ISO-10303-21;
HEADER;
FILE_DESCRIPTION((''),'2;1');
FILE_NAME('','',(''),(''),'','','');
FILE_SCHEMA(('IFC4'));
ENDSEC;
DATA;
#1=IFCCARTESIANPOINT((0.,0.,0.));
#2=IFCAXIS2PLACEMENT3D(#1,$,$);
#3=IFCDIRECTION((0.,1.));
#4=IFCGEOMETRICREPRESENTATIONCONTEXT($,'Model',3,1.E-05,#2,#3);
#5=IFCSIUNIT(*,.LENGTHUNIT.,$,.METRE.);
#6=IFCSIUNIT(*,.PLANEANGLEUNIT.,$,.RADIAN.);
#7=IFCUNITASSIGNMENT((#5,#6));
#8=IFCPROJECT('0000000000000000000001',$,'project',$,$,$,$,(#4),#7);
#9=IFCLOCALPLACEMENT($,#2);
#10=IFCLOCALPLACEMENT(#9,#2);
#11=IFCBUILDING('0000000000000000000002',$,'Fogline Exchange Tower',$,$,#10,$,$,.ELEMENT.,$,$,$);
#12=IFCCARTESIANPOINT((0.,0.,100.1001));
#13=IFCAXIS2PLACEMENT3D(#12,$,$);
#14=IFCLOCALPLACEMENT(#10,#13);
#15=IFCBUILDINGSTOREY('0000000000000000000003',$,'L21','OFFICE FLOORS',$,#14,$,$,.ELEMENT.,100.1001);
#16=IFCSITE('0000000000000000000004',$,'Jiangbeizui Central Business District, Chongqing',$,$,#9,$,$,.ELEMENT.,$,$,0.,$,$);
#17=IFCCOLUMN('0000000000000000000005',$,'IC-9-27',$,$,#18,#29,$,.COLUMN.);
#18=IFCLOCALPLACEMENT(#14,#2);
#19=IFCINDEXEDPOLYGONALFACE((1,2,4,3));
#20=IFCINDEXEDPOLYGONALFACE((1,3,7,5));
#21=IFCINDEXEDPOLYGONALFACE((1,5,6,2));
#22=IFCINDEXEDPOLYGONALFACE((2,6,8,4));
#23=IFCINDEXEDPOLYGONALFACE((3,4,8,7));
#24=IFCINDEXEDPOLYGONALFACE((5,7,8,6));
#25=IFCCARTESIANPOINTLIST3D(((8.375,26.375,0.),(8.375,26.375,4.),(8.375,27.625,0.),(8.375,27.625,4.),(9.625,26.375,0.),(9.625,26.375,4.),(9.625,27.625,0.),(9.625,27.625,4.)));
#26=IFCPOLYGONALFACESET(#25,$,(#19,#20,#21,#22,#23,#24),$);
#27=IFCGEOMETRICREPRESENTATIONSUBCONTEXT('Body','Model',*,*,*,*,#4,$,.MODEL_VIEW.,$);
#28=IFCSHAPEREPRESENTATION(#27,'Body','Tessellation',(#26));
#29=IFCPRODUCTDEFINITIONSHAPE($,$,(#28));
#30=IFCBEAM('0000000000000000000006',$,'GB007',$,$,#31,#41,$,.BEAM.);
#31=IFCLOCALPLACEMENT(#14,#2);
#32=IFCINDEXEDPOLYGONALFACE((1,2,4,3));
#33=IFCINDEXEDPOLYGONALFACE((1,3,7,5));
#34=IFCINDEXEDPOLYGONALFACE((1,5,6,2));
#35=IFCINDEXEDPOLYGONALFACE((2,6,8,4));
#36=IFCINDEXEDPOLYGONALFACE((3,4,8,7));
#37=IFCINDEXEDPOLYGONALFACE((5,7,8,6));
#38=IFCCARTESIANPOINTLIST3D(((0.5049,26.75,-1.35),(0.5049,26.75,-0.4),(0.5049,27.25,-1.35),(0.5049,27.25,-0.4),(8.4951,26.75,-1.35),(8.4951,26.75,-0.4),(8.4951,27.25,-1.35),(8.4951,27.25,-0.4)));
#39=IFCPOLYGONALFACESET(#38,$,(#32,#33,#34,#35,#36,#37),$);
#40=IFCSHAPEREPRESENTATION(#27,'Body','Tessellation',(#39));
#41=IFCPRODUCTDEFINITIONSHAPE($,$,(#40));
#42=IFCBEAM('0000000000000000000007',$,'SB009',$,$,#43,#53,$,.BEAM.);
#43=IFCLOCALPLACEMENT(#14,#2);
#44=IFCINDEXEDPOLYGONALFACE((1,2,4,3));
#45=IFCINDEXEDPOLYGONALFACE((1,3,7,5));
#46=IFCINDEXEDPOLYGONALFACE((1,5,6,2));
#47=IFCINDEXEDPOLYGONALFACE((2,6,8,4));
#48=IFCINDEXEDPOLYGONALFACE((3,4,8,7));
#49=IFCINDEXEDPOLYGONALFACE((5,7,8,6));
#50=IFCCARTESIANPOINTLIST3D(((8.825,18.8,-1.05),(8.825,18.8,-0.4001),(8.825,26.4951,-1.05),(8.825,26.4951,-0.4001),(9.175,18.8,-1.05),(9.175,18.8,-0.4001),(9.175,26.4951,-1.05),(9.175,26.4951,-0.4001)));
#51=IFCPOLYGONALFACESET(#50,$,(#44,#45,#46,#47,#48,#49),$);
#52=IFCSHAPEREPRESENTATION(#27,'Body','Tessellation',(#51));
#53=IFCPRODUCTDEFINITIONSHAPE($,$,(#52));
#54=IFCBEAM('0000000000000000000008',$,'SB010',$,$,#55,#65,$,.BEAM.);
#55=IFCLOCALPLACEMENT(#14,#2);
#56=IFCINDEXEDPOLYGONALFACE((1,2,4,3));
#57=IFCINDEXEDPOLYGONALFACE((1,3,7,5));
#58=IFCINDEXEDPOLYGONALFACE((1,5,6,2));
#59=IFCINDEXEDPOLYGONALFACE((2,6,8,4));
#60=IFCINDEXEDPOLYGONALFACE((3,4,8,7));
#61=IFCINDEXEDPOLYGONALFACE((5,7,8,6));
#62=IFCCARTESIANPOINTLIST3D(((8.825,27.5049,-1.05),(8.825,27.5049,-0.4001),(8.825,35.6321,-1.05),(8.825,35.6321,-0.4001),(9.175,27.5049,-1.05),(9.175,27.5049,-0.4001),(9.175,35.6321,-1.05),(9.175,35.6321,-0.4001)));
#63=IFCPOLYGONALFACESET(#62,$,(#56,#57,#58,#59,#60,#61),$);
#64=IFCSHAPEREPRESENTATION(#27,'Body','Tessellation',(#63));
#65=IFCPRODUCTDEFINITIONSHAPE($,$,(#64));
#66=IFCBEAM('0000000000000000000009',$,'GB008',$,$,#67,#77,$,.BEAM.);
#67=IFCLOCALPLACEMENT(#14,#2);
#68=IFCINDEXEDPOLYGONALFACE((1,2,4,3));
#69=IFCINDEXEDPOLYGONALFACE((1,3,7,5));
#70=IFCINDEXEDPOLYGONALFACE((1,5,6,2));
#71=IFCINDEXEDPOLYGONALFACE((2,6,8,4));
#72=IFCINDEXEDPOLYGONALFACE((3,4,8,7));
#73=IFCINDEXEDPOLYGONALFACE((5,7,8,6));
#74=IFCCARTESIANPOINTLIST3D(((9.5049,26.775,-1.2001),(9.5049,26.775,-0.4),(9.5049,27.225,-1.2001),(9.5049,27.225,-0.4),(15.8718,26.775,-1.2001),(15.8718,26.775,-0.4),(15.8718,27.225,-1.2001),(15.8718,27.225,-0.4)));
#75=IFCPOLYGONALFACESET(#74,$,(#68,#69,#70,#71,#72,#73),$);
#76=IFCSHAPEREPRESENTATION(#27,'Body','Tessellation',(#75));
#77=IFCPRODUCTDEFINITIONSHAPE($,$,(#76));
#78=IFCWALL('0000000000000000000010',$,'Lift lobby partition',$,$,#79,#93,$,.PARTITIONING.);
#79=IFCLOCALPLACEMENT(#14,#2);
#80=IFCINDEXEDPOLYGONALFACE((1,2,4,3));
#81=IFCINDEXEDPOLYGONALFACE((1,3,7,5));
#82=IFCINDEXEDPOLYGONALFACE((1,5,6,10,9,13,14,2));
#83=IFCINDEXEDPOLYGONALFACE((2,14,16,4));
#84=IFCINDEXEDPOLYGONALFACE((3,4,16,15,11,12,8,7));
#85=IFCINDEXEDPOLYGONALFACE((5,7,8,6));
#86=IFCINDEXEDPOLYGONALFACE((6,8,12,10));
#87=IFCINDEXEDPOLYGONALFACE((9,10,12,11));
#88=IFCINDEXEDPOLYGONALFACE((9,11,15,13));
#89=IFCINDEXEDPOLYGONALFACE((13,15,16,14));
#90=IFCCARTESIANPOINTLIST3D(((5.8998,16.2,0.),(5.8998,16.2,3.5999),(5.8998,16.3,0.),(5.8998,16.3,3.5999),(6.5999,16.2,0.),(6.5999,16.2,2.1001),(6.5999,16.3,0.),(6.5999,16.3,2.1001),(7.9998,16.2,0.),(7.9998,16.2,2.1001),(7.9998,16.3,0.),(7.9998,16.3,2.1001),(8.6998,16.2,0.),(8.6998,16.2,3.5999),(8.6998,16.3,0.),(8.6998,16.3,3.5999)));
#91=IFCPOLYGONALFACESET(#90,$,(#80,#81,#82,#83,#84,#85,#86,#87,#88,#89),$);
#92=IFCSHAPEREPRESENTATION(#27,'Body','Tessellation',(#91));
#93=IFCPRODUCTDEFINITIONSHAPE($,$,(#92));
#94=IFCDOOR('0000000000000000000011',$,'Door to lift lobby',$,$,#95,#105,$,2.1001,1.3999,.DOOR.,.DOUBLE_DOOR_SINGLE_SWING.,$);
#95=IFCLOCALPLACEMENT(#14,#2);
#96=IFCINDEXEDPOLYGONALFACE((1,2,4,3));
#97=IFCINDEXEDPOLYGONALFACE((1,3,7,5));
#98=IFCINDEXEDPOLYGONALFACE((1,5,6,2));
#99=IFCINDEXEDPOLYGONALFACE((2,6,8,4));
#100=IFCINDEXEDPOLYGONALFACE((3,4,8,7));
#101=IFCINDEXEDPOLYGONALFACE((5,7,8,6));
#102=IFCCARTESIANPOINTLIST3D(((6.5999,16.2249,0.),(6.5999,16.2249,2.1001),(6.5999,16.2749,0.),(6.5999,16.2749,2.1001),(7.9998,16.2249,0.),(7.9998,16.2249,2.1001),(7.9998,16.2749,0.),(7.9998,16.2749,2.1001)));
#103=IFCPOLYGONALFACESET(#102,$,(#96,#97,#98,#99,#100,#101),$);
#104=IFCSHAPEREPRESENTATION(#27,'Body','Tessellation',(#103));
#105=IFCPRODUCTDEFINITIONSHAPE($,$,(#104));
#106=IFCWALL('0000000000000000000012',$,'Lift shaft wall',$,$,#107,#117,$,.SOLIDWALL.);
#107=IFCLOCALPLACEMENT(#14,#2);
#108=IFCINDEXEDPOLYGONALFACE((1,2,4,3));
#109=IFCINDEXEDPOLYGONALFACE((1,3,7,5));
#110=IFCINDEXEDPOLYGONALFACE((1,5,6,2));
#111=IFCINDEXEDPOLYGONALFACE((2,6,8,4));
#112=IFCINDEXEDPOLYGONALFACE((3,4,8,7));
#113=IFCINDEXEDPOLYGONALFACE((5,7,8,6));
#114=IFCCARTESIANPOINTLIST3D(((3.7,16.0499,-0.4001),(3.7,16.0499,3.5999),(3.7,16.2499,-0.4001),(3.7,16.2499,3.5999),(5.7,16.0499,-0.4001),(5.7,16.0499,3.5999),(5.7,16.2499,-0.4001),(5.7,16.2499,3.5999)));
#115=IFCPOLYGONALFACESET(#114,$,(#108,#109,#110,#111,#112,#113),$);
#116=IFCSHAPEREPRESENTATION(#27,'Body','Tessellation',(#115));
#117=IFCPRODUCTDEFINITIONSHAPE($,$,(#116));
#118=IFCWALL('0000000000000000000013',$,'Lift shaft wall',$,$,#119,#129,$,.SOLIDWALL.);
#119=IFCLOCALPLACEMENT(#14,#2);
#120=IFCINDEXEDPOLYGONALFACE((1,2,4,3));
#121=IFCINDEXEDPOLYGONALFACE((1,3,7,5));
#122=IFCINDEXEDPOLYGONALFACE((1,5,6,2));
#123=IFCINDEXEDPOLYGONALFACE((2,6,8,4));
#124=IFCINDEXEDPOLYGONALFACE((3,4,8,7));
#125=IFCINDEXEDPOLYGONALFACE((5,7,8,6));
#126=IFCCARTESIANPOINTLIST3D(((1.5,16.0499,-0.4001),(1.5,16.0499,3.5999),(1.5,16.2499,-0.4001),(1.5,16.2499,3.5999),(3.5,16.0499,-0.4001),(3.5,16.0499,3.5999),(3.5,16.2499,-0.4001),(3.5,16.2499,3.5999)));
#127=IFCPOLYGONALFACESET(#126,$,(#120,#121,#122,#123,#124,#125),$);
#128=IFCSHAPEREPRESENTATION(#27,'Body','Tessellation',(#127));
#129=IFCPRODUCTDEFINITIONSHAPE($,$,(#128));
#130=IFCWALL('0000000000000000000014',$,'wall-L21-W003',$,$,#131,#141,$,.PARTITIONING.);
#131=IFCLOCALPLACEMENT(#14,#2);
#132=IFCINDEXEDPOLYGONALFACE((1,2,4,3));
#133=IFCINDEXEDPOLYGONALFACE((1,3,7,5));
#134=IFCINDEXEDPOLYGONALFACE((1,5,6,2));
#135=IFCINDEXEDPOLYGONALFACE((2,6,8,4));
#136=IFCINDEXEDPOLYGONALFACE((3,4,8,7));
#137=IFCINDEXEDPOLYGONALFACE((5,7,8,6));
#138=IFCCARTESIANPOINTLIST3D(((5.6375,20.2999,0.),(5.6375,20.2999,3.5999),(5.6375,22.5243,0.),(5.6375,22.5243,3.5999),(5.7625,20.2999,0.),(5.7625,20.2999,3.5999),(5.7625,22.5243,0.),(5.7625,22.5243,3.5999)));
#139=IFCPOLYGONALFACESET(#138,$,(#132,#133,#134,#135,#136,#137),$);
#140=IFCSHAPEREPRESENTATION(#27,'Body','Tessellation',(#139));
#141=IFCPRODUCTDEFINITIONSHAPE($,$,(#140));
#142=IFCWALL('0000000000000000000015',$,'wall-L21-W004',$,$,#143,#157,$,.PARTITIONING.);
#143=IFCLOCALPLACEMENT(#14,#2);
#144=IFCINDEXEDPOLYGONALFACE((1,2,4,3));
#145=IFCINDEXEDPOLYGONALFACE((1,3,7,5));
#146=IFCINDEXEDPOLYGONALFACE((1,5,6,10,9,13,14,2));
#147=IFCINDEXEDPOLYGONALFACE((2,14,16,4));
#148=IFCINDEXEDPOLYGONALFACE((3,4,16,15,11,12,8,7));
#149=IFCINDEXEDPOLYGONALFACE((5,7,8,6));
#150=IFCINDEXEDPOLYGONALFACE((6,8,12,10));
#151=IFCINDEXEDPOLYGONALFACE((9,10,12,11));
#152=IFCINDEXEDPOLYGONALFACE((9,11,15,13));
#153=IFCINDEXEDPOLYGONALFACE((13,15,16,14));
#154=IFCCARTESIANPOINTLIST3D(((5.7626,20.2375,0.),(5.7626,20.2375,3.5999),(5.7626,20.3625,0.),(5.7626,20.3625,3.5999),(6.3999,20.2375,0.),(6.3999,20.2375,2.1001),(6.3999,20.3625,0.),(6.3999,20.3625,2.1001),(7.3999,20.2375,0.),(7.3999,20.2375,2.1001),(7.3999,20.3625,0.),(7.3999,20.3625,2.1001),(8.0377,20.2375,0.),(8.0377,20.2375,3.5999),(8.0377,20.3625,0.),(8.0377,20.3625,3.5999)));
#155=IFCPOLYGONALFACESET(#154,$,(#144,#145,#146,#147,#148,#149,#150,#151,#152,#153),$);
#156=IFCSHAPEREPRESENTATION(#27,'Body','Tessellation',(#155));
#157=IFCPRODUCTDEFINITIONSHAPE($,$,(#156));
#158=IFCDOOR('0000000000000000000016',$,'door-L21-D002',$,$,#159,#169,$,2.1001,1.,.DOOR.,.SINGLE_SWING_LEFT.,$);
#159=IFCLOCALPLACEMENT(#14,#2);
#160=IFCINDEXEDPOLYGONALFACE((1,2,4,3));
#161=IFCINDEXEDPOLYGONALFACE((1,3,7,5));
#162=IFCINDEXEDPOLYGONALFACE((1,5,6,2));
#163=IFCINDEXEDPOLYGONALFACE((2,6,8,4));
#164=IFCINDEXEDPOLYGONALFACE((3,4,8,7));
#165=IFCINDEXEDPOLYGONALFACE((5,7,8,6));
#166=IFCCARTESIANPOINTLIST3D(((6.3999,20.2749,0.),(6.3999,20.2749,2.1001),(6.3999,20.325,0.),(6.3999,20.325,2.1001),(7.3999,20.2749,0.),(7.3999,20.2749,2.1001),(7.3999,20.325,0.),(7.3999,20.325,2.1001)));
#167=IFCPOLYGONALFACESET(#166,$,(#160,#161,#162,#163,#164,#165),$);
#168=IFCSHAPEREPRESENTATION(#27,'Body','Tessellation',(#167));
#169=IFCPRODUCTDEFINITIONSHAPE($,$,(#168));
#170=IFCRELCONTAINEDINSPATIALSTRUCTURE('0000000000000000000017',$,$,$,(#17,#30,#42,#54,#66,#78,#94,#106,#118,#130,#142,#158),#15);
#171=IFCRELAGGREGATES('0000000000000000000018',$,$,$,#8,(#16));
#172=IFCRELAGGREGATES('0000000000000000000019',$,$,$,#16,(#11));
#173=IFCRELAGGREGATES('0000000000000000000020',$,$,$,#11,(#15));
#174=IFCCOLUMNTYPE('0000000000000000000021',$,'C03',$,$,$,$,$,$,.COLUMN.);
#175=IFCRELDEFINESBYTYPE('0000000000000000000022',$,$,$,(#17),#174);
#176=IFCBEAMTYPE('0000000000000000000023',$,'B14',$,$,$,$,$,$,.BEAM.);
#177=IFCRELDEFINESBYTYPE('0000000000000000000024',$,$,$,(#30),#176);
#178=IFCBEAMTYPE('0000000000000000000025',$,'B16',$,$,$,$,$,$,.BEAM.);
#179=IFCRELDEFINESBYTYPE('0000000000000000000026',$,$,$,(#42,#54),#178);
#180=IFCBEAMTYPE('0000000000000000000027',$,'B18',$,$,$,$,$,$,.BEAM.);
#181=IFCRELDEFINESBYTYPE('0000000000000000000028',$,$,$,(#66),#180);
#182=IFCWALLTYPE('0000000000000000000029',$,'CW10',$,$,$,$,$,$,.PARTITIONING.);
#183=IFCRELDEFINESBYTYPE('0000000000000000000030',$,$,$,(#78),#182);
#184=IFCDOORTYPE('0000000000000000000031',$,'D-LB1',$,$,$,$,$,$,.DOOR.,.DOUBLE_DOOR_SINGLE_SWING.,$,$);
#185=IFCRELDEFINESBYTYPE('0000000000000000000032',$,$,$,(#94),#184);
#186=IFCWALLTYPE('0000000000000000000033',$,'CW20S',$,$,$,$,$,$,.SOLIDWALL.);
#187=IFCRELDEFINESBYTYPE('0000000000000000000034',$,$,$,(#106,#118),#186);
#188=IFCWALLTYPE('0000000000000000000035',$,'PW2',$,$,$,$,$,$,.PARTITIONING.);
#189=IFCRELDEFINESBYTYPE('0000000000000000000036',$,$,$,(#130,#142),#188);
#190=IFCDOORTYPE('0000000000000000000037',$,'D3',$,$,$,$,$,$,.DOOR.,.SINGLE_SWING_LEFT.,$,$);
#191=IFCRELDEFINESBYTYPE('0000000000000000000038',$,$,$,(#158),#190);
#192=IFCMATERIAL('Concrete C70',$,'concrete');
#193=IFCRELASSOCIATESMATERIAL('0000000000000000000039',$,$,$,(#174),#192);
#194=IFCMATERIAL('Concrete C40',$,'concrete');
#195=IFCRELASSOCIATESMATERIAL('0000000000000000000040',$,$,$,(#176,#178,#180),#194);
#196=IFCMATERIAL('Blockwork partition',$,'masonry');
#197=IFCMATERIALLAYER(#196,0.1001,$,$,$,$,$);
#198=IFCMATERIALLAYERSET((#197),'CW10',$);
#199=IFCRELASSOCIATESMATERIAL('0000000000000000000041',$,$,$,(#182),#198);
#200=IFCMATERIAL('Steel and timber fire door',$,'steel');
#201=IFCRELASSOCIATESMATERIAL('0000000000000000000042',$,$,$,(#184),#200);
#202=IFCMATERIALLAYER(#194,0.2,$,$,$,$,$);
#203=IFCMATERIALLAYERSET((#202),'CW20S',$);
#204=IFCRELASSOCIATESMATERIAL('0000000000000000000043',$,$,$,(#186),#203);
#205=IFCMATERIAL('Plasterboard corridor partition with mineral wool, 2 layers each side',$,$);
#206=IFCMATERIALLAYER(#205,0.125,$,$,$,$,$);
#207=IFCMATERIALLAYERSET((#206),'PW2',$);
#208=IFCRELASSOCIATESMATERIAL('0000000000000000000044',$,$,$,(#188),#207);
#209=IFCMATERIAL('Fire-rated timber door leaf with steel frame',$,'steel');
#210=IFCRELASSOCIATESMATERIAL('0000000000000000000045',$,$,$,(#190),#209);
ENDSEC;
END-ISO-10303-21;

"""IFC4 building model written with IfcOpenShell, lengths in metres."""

from ifc_helpers import new_model, si_unit, direction, frame, frame_2d, origin, origin_2d, place, context, subcontext, project, spatial, rectangle, extrude, material, layer, layer_set, material_profile, profile_set, type_object, element, fill, save


model = new_model("IFC4")

# Units and contexts
model_context = context("Model", 3, precision=1e-05, world=origin(), true_north=direction((0.0, 1.0)))
body_context = subcontext(model_context, "Body", "Model", "MODEL_VIEW")
ifc_project = project(units=[si_unit("LENGTHUNIT", "METRE"), si_unit("PLANEANGLEUNIT", "RADIAN")], contexts=[model_context])

# Site, building, storey
site_placement = place(None, origin())
site = spatial("IfcSite", under=ifc_project, at=site_placement, Name="Jiangbeizui Central Business District, Chongqing", CompositionType="ELEMENT", RefElevation=0.0)
building_placement = place(site_placement, origin())
building = spatial("IfcBuilding", under=site, at=building_placement, Name="Fogline Exchange Tower", CompositionType="ELEMENT")
storey_placement = place(building_placement, frame((0.0, 0.0, 100.1001)))
storey = spatial("IfcBuildingStorey", under=building, at=storey_placement, Name="L21", Description="OFFICE FLOORS", CompositionType="ELEMENT", Elevation=100.1001)

# Column
ifc_material_1 = material(Name="Concrete C70", Category="concrete")
ifc_material_profile_1 = material_profile(ifc_material_1, rectangle(XDim=1.25, YDim=1.25, at=origin_2d()), Name="RC 1250x1250")
ifc_profile_set_1 = profile_set([ifc_material_profile_1], Name="Concrete C70")
column_type = type_object("IfcColumnType", Name="C03", PredefinedType="COLUMN", material=ifc_profile_set_1)
column_placement = place(storey_placement, frame((9.0, 27.0, 0.0), z_axis=(0.0, 0.0, 1.0), x_axis=(1.0, 0.0, 0.0)))
element("IfcColumn", 1, at=column_placement, inside=storey, type_object=column_type, Name="IC-9-27", PredefinedType="COLUMN", context=body_context, shape_type="SweptSolid", body=[
    extrude(rectangle(XDim=1.25, YDim=1.25, at=origin_2d()), origin(), (0.0, 0.0, 1.0), 4.0),
])

# Beams
ifc_material_2 = material(Name="Concrete C40", Category="concrete")
ifc_material_profile_2 = material_profile(ifc_material_2, rectangle(XDim=0.5, YDim=0.95, at=origin_2d()), Name="RC 500x950")
ifc_profile_set_2 = profile_set([ifc_material_profile_2], Name="Concrete C40")
beam_type_1 = type_object("IfcBeamType", Name="B14", PredefinedType="BEAM", material=ifc_profile_set_2)
beam_1_placement = place(storey_placement, frame((0.5049, 27.0, -0.875), z_axis=(1.0, 0.0, 0.0), x_axis=(0.0, 1.0, 0.0)))
element("IfcBeam", 2, at=beam_1_placement, inside=storey, type_object=beam_type_1, Name="GB007", PredefinedType="BEAM", context=body_context, shape_type="SweptSolid", body=[
    extrude(rectangle(XDim=0.5, YDim=0.95, at=origin_2d()), origin(), (0.0, 0.0, 1.0), 7.9902),
])
ifc_material_profile_3 = material_profile(ifc_material_2, rectangle(XDim=0.3501, YDim=0.6499, at=origin_2d()), Name="RC 350x650")
ifc_profile_set_3 = profile_set([ifc_material_profile_3], Name="Concrete C40")
beam_type_2 = type_object("IfcBeamType", Name="B16", PredefinedType="BEAM", material=ifc_profile_set_3)
beam_2_placement = place(storey_placement, frame((9.0, 18.8, -0.7251), z_axis=(0.0, 1.0, 0.0), x_axis=(-1.0, 0.0, 0.0)))
element("IfcBeam", 3, at=beam_2_placement, inside=storey, type_object=beam_type_2, Name="SB009", PredefinedType="BEAM", context=body_context, shape_type="SweptSolid", body=[
    extrude(rectangle(XDim=0.3501, YDim=0.6499, at=origin_2d()), origin(), (0.0, 0.0, 1.0), 7.6951),
])
beam_3_placement = place(storey_placement, frame((9.0, 27.5049, -0.7251), z_axis=(0.0, 1.0, 0.0), x_axis=(-1.0, 0.0, 0.0)))
element("IfcBeam", 4, at=beam_3_placement, inside=storey, type_object=beam_type_2, Name="SB010", PredefinedType="BEAM", context=body_context, shape_type="SweptSolid", body=[
    extrude(rectangle(XDim=0.3501, YDim=0.6499, at=origin_2d()), origin(), (0.0, 0.0, 1.0), 8.1272),
])
ifc_material_profile_4 = material_profile(ifc_material_2, rectangle(XDim=0.45, YDim=0.8, at=origin_2d()), Name="RC 450x800")
ifc_profile_set_4 = profile_set([ifc_material_profile_4], Name="Concrete C40")
beam_type_3 = type_object("IfcBeamType", Name="B18", PredefinedType="BEAM", material=ifc_profile_set_4)
beam_4_placement = place(storey_placement, frame((9.5049, 27.0, -0.8), z_axis=(1.0, 0.0, 0.0), x_axis=(0.0, 1.0, 0.0)))
element("IfcBeam", 5, at=beam_4_placement, inside=storey, type_object=beam_type_3, Name="GB008", PredefinedType="BEAM", context=body_context, shape_type="SweptSolid", body=[
    extrude(rectangle(XDim=0.45, YDim=0.8, at=origin_2d()), origin(), (0.0, 0.0, 1.0), 6.3669),
])

# Wall, opening, door
ifc_material_3 = material(Name="Blockwork partition", Category="masonry")
ifc_layer_1 = layer(ifc_material_3, 0.1001)
ifc_layer_set_1 = layer_set([ifc_layer_1], Name="CW10")
wall_type_1 = type_object("IfcWallType", Name="CW10", PredefinedType="PARTITIONING", material=ifc_layer_set_1)
wall_1_placement = place(storey_placement, frame((5.8999, 16.25, 0.0), z_axis=(0.0, 0.0, 1.0), x_axis=(1.0, 0.0, 0.0)))
wall_1 = element("IfcWall", 6, at=wall_1_placement, inside=storey, type_object=wall_type_1, Name="Lift lobby partition", PredefinedType="PARTITIONING", context=body_context, shape_type="SweptSolid", body=[
    extrude(rectangle(XDim=2.8, YDim=0.1001, at=frame_2d((1.3999, 0.0))), origin(), (0.0, 0.0, 1.0), 3.5999),
])
opening_1_placement = place(wall_1_placement, frame((0.7, 0.0, 0.0)))
opening_1 = element("IfcOpeningElement", 7, at=opening_1_placement, cuts=wall_1, PredefinedType="OPENING", context=body_context, shape_type="SweptSolid", body=[
    extrude(rectangle(XDim=1.3999, YDim=2.1001, at=frame_2d((0.7, 1.05))), frame((0.0, 0.0601, 0.0), z_axis=(0.0, -1.0, 0.0), x_axis=(1.0, 0.0, 0.0)), (0.0, 0.0, 1.0), 0.1201),
])
ifc_material_4 = material(Name="Steel and timber fire door", Category="steel")
door_type_1 = type_object("IfcDoorType", Name="D-LB1", OperationType="DOUBLE_DOOR_SINGLE_SWING", PredefinedType="DOOR", material=ifc_material_4)
door_1_placement = place(opening_1_placement, origin())
door_1 = element("IfcDoor", 8, at=door_1_placement, inside=storey, type_object=door_type_1, Name="Door to lift lobby", OperationType="DOUBLE_DOOR_SINGLE_SWING", OverallHeight=2.1001, OverallWidth=1.3999, PredefinedType="DOOR", context=body_context, shape_type="SweptSolid", body=[
    extrude(rectangle(XDim=1.3999, YDim=2.1001, at=frame_2d((0.7, 1.05))), frame((0.0, 0.0249, 0.0), z_axis=(0.0, -1.0, 0.0), x_axis=(1.0, 0.0, 0.0)), (0.0, 0.0, 1.0), 0.05),
])
fill(opening_1, door_1)

# Walls
ifc_layer_2 = layer(ifc_material_2, 0.2)
ifc_layer_set_2 = layer_set([ifc_layer_2], Name="CW20S")
wall_type_2 = type_object("IfcWallType", Name="CW20S", PredefinedType="SOLIDWALL", material=ifc_layer_set_2)
for number, where, z_axis, x_axis, name in (
    (9, (3.7, 16.1499, -0.4001), (0.0, 0.0, 1.0), (1.0, 0.0, 0.0), "Lift shaft wall"),
    (10, (1.5, 16.1499, -0.4001), (0.0, 0.0, 1.0), (1.0, 0.0, 0.0), "Lift shaft wall"),
):
    element("IfcWall", number, at=place(storey_placement, frame(where, z_axis=z_axis, x_axis=x_axis)), inside=storey, type_object=wall_type_2, Name=name, PredefinedType="SOLIDWALL", context=body_context, shape_type="SweptSolid", body=[
        extrude(rectangle(XDim=2.0, YDim=0.2, at=frame_2d((1.0, 0.0))), origin(), (0.0, 0.0, 1.0), 4.0),
    ])
ifc_material_5 = material(Name="Plasterboard corridor partition with mineral wool, 2 layers each side")
ifc_layer_3 = layer(ifc_material_5, 0.125)
ifc_layer_set_3 = layer_set([ifc_layer_3], Name="PW2")
wall_type_3 = type_object("IfcWallType", Name="PW2", PredefinedType="PARTITIONING", material=ifc_layer_set_3)
wall_2_placement = place(storey_placement, frame((5.7, 22.5244, 0.0), z_axis=(0.0, 0.0, 1.0), x_axis=(0.0, -1.0, 0.0)))
element("IfcWall", 11, at=wall_2_placement, inside=storey, type_object=wall_type_3, Name="wall-L21-W003", PredefinedType="PARTITIONING", context=body_context, shape_type="SweptSolid", body=[
    extrude(rectangle(XDim=2.2244, YDim=0.125, at=frame_2d((1.1123, 0.0))), origin(), (0.0, 0.0, 1.0), 3.5999),
])

# Wall, opening, door
wall_3_placement = place(storey_placement, frame((5.7625, 20.3, 0.0), z_axis=(0.0, 0.0, 1.0), x_axis=(1.0, 0.0, 0.0)))
wall_3 = element("IfcWall", 12, at=wall_3_placement, inside=storey, type_object=wall_type_3, Name="wall-L21-W004", PredefinedType="PARTITIONING", context=body_context, shape_type="SweptSolid", body=[
    extrude(rectangle(XDim=2.2751, YDim=0.125, at=frame_2d((1.1377, 0.0))), origin(), (0.0, 0.0, 1.0), 3.5999),
])
opening_2_placement = place(wall_3_placement, frame((0.6375, 0.0, 0.0)))
opening_2 = element("IfcOpeningElement", 13, at=opening_2_placement, cuts=wall_3, PredefinedType="OPENING", context=body_context, shape_type="SweptSolid", body=[
    extrude(rectangle(XDim=1.0, YDim=2.1001, at=frame_2d((0.5, 1.05))), frame((0.0, 0.0725, 0.0), z_axis=(0.0, -1.0, 0.0), x_axis=(1.0, 0.0, 0.0)), (0.0, 0.0, 1.0), 0.145),
])
ifc_material_6 = material(Name="Fire-rated timber door leaf with steel frame", Category="steel")
door_type_2 = type_object("IfcDoorType", Name="D3", OperationType="SINGLE_SWING_LEFT", PredefinedType="DOOR", material=ifc_material_6)
door_2_placement = place(opening_2_placement, origin())
door_2 = element("IfcDoor", 14, at=door_2_placement, inside=storey, type_object=door_type_2, Name="door-L21-D002", OperationType="SINGLE_SWING_LEFT", OverallHeight=2.1001, OverallWidth=1.0, PredefinedType="DOOR", context=body_context, shape_type="SweptSolid", body=[
    extrude(rectangle(XDim=1.0, YDim=2.1001, at=frame_2d((0.5, 1.05))), frame((0.0, 0.0249, 0.0), z_axis=(0.0, -1.0, 0.0), x_axis=(1.0, 0.0, 0.0)), (0.0, 0.0, 1.0), 0.05),
])
fill(opening_2, door_2)

save(model, "model.ifc")
